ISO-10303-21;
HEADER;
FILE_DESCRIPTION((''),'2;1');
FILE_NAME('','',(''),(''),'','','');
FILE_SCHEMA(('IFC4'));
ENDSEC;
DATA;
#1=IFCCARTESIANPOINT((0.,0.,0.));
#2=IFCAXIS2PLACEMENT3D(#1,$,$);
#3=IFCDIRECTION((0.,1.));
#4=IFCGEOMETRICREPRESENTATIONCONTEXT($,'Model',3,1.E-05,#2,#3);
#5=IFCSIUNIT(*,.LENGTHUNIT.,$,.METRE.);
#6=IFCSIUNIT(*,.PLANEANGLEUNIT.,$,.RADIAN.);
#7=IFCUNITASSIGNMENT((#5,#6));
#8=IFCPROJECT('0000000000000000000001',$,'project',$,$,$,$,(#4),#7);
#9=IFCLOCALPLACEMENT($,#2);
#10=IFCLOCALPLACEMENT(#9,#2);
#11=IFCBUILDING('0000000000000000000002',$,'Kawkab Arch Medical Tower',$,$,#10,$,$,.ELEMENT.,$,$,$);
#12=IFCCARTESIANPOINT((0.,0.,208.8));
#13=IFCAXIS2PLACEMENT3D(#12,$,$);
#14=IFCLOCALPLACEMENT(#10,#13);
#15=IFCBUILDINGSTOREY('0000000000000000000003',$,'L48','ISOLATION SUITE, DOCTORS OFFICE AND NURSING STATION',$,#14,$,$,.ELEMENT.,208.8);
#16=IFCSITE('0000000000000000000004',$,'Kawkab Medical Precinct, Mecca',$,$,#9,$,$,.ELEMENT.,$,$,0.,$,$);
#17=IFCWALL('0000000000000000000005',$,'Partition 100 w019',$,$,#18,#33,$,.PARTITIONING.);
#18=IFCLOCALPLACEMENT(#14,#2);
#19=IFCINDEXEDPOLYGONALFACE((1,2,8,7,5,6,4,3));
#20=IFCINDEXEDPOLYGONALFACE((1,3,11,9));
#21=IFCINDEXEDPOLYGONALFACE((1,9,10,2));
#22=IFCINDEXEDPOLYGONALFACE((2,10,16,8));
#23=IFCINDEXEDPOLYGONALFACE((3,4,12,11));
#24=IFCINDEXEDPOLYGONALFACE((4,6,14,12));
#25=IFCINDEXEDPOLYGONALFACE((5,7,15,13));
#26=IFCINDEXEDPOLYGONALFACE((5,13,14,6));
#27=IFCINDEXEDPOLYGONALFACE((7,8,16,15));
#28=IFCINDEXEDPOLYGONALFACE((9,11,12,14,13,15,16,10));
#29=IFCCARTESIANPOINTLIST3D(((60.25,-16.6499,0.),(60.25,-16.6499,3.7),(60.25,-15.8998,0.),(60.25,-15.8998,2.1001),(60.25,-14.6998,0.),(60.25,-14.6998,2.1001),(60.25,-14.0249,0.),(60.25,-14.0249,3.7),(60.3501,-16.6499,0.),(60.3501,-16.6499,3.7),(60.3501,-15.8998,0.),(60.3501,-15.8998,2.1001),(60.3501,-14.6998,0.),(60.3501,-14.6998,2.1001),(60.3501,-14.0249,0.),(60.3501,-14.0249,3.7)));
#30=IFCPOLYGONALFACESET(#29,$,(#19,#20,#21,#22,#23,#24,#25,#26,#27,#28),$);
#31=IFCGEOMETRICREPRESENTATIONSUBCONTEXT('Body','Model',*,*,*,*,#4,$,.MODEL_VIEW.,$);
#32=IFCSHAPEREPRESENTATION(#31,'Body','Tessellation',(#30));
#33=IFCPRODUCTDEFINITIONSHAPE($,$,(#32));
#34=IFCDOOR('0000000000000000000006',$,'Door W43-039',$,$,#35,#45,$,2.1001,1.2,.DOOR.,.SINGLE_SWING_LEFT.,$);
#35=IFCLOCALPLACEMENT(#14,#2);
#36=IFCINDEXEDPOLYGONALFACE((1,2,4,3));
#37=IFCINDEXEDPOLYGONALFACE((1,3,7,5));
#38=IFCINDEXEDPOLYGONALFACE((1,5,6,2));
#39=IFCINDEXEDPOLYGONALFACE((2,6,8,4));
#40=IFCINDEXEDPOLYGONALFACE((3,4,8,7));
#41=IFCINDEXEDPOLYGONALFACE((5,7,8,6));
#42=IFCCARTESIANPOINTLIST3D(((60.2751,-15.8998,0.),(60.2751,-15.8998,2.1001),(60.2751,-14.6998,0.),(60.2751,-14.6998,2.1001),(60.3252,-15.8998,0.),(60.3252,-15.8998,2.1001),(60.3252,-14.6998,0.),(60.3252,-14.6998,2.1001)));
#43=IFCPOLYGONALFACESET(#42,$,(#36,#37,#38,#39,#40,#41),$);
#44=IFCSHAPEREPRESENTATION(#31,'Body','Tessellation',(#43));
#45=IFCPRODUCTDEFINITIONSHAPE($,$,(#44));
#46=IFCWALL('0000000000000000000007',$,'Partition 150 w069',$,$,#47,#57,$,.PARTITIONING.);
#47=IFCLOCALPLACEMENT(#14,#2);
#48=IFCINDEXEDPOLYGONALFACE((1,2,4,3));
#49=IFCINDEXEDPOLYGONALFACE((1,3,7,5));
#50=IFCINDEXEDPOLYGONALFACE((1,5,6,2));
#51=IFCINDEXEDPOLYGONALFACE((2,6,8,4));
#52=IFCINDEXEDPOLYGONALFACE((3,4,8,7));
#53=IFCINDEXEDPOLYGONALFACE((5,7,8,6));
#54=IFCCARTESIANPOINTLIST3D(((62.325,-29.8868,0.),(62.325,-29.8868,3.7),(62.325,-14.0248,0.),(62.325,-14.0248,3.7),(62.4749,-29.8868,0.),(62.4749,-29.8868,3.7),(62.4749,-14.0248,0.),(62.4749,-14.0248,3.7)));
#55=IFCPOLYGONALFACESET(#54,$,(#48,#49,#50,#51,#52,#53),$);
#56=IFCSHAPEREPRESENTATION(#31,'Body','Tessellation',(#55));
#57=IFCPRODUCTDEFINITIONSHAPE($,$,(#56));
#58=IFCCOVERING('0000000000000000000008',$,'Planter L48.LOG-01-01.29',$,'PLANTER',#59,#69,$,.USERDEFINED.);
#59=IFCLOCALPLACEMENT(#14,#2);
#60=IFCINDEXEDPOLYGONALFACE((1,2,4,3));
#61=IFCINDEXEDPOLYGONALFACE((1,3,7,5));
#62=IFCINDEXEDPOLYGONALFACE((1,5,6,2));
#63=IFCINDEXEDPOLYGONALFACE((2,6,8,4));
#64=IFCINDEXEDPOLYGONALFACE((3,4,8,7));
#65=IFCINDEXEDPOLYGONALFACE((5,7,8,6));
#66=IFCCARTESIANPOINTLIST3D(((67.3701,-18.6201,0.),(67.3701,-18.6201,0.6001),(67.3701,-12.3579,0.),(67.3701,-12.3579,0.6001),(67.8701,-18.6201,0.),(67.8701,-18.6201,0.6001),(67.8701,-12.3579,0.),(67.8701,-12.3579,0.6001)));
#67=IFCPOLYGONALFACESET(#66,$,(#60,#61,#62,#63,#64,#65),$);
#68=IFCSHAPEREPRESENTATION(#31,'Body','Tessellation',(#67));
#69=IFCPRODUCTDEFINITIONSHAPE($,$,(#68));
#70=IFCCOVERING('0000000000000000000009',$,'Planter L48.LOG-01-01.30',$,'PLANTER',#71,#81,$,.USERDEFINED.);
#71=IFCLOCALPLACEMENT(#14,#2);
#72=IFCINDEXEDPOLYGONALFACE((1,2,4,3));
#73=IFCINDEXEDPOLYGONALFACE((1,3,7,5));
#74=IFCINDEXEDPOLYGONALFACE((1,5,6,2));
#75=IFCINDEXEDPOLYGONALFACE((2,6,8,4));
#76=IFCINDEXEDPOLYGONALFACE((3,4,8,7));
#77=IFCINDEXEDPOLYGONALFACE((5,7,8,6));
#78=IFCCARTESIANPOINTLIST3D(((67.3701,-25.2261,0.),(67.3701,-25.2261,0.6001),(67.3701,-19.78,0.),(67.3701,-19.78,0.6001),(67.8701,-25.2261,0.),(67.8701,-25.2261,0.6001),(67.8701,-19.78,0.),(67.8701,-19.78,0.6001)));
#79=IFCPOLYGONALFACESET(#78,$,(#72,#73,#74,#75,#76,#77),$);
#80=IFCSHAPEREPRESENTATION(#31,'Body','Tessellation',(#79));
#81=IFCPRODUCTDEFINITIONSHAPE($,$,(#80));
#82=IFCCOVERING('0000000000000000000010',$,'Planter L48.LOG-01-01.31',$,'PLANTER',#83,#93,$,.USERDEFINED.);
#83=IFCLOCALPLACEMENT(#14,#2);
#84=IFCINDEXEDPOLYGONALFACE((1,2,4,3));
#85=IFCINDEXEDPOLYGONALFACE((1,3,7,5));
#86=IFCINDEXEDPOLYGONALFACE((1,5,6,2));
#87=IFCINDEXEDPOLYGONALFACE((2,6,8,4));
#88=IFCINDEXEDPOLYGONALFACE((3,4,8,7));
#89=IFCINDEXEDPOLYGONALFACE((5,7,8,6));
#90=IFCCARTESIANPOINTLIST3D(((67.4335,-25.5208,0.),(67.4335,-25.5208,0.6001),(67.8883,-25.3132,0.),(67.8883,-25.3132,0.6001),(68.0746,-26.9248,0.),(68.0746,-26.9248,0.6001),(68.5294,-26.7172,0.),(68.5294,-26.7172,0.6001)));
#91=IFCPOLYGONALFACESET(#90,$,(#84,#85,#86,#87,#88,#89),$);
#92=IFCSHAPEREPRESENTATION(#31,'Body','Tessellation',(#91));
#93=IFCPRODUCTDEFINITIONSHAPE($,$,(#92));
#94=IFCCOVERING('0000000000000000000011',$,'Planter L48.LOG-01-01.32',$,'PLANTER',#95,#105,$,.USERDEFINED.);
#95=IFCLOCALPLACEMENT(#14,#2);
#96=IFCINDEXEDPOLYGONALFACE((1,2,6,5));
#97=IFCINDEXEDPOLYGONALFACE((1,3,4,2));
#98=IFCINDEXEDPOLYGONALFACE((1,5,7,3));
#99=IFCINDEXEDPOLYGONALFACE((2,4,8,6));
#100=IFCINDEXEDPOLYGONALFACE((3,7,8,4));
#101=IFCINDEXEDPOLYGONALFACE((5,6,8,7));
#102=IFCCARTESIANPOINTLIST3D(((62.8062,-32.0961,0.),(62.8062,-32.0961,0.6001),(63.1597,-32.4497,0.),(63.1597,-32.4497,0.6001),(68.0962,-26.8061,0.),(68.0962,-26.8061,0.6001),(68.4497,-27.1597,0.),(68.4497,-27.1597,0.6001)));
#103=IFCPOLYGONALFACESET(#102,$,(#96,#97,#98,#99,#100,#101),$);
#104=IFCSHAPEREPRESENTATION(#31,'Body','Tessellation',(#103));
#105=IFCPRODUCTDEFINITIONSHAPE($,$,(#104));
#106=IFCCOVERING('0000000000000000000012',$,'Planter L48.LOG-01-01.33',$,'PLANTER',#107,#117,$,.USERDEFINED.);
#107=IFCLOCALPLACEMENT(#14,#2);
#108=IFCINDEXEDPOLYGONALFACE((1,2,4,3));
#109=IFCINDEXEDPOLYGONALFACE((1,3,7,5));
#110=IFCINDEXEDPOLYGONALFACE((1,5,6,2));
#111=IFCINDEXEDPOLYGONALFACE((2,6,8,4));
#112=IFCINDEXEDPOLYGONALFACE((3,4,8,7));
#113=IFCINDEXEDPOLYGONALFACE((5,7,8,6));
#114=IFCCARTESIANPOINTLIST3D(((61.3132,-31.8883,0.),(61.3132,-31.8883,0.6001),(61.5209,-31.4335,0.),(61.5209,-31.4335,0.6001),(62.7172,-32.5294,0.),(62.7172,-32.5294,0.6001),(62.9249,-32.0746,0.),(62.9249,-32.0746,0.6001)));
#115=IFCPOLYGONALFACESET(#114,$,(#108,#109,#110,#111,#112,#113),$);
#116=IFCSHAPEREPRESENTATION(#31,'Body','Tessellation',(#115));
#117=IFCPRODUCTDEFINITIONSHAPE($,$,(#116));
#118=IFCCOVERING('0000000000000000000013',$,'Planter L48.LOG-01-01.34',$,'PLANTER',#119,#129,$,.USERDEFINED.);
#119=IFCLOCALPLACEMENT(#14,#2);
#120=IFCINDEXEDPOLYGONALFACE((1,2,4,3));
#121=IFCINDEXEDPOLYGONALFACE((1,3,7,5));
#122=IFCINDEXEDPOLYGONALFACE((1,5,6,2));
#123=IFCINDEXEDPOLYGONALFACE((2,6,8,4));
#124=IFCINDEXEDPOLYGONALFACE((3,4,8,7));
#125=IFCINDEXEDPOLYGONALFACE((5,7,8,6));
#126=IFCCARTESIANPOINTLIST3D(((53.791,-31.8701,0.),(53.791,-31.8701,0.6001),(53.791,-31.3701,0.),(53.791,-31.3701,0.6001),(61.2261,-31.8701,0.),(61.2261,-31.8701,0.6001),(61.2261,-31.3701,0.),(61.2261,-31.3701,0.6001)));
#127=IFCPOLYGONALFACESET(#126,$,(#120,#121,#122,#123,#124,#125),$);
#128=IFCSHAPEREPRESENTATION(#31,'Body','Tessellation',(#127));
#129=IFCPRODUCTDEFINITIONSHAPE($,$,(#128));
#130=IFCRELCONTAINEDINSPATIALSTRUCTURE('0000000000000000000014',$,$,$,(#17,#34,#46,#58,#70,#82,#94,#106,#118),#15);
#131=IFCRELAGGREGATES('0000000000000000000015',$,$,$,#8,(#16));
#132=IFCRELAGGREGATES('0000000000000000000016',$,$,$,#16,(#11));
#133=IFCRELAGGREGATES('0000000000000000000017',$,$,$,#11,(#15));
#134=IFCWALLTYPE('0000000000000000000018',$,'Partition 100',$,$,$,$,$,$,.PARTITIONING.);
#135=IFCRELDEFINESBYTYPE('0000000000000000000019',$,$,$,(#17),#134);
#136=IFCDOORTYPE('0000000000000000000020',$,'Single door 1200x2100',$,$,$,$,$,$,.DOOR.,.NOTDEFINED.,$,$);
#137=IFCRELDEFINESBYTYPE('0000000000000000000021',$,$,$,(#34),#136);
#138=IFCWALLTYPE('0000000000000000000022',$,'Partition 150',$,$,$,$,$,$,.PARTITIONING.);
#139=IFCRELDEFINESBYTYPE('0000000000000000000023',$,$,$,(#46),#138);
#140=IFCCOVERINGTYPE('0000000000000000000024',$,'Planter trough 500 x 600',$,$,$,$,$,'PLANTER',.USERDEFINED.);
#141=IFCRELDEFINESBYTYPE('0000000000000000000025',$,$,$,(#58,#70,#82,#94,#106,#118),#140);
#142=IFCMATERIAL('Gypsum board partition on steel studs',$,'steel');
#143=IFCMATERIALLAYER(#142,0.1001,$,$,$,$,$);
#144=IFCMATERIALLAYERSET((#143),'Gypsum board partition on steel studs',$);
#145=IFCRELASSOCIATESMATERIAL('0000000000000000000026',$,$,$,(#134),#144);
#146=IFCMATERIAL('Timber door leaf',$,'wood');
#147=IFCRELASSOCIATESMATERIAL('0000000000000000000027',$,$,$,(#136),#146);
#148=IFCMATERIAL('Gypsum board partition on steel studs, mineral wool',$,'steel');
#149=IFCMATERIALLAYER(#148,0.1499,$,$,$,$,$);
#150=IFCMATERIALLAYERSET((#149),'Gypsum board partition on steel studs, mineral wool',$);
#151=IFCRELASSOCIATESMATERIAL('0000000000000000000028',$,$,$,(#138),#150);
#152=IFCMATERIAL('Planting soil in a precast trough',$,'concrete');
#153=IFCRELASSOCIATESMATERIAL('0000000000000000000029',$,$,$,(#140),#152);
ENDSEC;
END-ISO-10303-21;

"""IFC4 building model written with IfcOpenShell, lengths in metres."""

from ifc_helpers import new_model, si_unit, direction, frame, frame_2d, origin, origin_2d, place, context, subcontext, project, spatial, rectangle, extrude, material, layer, layer_set, material_profile, profile_set, type_object, element, fill, save


model = new_model("IFC4")

# Units and contexts
model_context = context("Model", 3, precision=1e-05, world=origin(), true_north=direction((0.0, 1.0)))
body_context = subcontext(model_context, "Body", "Model", "MODEL_VIEW")
ifc_project = project(units=[si_unit("LENGTHUNIT", "METRE"), si_unit("PLANEANGLEUNIT", "RADIAN")], contexts=[model_context])

# Site, building, storey
site_placement = place(None, origin())
site = spatial("IfcSite", under=ifc_project, at=site_placement, Name="Kawkab Medical Precinct, Mecca", CompositionType="ELEMENT", RefElevation=0.0)
building_placement = place(site_placement, origin())
building = spatial("IfcBuilding", under=site, at=building_placement, Name="Kawkab Arch Medical Tower", CompositionType="ELEMENT")
storey_placement = place(building_placement, frame((0.0, 0.0, 208.8)))
storey = spatial("IfcBuildingStorey", under=building, at=storey_placement, Name="L48", Description="ISOLATION SUITE, DOCTORS OFFICE AND NURSING STATION", CompositionType="ELEMENT", Elevation=208.8)

# Shared definitions
ifc_material_1 = material(Name="Gypsum board partition on steel studs", Category="steel")
ifc_layer_1 = layer(ifc_material_1, 0.1001)
ifc_layer_set_1 = layer_set([ifc_layer_1], Name="Gypsum board partition on steel studs")
wall_type_1 = type_object("IfcWallType", Name="Partition 100", PredefinedType="PARTITIONING", material=ifc_layer_set_1)

# Wall, opening, door
wall_1_placement = place(storey_placement, frame((60.3, -16.6499, 0.0), z_axis=(0.0, 0.0, 1.0), x_axis=(0.0, 1.0, 0.0)))
wall_1 = element("IfcWall", 1, at=wall_1_placement, inside=storey, type_object=wall_type_1, Name="Partition 100 w019", PredefinedType="PARTITIONING", context=body_context, shape_type="SweptSolid", body=[
    extrude(rectangle(XDim=2.625, YDim=0.1001, at=frame_2d((1.3125, 0.0))), origin(), (0.0, 0.0, 1.0), 3.7),
])
opening_placement = place(wall_1_placement, frame((0.75, 0.0, 0.0)))
opening = element("IfcOpeningElement", 2, at=opening_placement, cuts=wall_1, PredefinedType="OPENING", context=body_context, shape_type="SweptSolid", body=[
    extrude(rectangle(XDim=1.2, YDim=2.1001, at=frame_2d((0.6001, 1.05))), frame((0.0, 0.0601, 0.0), z_axis=(0.0, -1.0, 0.0), x_axis=(1.0, 0.0, 0.0)), (0.0, 0.0, 1.0), 0.1201),
])
ifc_material_2 = material(Name="Timber door leaf", Category="wood")
door_type = type_object("IfcDoorType", Name="Single door 1200x2100", OperationType="NOTDEFINED", PredefinedType="DOOR", material=ifc_material_2)
door_placement = place(opening_placement, origin())
door = element("IfcDoor", 3, at=door_placement, inside=storey, type_object=door_type, Name="Door W43-039", OperationType="SINGLE_SWING_LEFT", OverallHeight=2.1001, OverallWidth=1.2, PredefinedType="DOOR", context=body_context, shape_type="SweptSolid", body=[
    extrude(rectangle(XDim=1.2, YDim=2.1001, at=frame_2d((0.6001, 1.05))), frame((0.0, 0.0249, 0.0), z_axis=(0.0, -1.0, 0.0), x_axis=(1.0, 0.0, 0.0)), (0.0, 0.0, 1.0), 0.05),
])
fill(opening, door)

# Wall
ifc_material_3 = material(Name="Gypsum board partition on steel studs, mineral wool", Category="steel")
ifc_layer_2 = layer(ifc_material_3, 0.1499)
ifc_layer_set_2 = layer_set([ifc_layer_2], Name="Gypsum board partition on steel studs, mineral wool")
wall_type_2 = type_object("IfcWallType", Name="Partition 150", PredefinedType="PARTITIONING", material=ifc_layer_set_2)
wall_2_placement = place(storey_placement, frame((62.3999, -29.887, 0.0), z_axis=(0.0, 0.0, 1.0), x_axis=(0.0, 1.0, 0.0)))
element("IfcWall", 4, at=wall_2_placement, inside=storey, type_object=wall_type_2, Name="Partition 150 w069", PredefinedType="PARTITIONING", context=body_context, shape_type="SweptSolid", body=[
    extrude(rectangle(XDim=15.8621, YDim=0.1499, at=frame_2d((7.9312, 0.0))), origin(), (0.0, 0.0, 1.0), 3.7),
])

# Coverings
ifc_material_4 = material(Name="Planting soil in a precast trough", Category="concrete")
ifc_material_profile_1 = material_profile(ifc_material_4, rectangle(XDim=0.5, YDim=0.6001, at=origin_2d()), Name="Trough 500x600")
ifc_profile_set_1 = profile_set([ifc_material_profile_1], Name="Planting soil in a precast trough")
covering_type = type_object("IfcCoveringType", Name="Planter trough 500 x 600", ElementType="PLANTER", PredefinedType="USERDEFINED", material=ifc_profile_set_1)
covering_1_placement = place(storey_placement, frame((67.6201, -12.3579, 0.3), z_axis=(0.0, -1.0, 0.0), x_axis=(1.0, 0.0, 0.0)))
element("IfcCovering", 5, at=covering_1_placement, inside=storey, type_object=covering_type, Name="Planter L48.LOG-01-01.29", ObjectType="PLANTER", PredefinedType="USERDEFINED", context=body_context, shape_type="SweptSolid", body=[
    extrude(rectangle(XDim=0.5, YDim=0.6001, at=origin_2d()), origin(), (0.0, 0.0, 1.0), 6.2622),
])
covering_2_placement = place(storey_placement, frame((67.6201, -19.78, 0.3), z_axis=(0.0, -1.0, 0.0), x_axis=(1.0, 0.0, 0.0)))
element("IfcCovering", 6, at=covering_2_placement, inside=storey, type_object=covering_type, Name="Planter L48.LOG-01-01.30", ObjectType="PLANTER", PredefinedType="USERDEFINED", context=body_context, shape_type="SweptSolid", body=[
    extrude(rectangle(XDim=0.5, YDim=0.6001, at=origin_2d()), origin(), (0.0, 0.0, 1.0), 5.446),
])
covering_3_placement = place(storey_placement, frame((67.6609, -25.417, 0.3), z_axis=(0.415363, -0.909656, 0.0), x_axis=(0.909656, 0.415363, 0.0)))
element("IfcCovering", 7, at=covering_3_placement, inside=storey, type_object=covering_type, Name="Planter L48.LOG-01-01.31", ObjectType="PLANTER", PredefinedType="USERDEFINED", context=body_context, shape_type="SweptSolid", body=[
    extrude(rectangle(XDim=0.5, YDim=0.6001, at=origin_2d()), origin(), (0.0, 0.0, 1.0), 1.5435),
])
covering_4_placement = place(storey_placement, frame((68.2729, -26.9829, 0.3), z_axis=(-0.707107, -0.707107, 0.0), x_axis=(0.707107, -0.707107, 0.0)))
element("IfcCovering", 8, at=covering_4_placement, inside=storey, type_object=covering_type, Name="Planter L48.LOG-01-01.32", ObjectType="PLANTER", PredefinedType="USERDEFINED", context=body_context, shape_type="SweptSolid", body=[
    extrude(rectangle(XDim=0.5, YDim=0.6001, at=origin_2d()), origin(), (0.0, 0.0, 1.0), 7.4812),
])
covering_5_placement = place(storey_placement, frame((62.821, -32.302, 0.3), z_axis=(-0.909656, 0.415363, 0.0), x_axis=(-0.415363, -0.909656, 0.0)))
element("IfcCovering", 9, at=covering_5_placement, inside=storey, type_object=covering_type, Name="Planter L48.LOG-01-01.33", ObjectType="PLANTER", PredefinedType="USERDEFINED", context=body_context, shape_type="SweptSolid", body=[
    extrude(rectangle(XDim=0.5, YDim=0.6001, at=origin_2d()), origin(), (0.0, 0.0, 1.0), 1.5435),
])
covering_6_placement = place(storey_placement, frame((61.2261, -31.6201, 0.3), z_axis=(-1.0, 0.0, 0.0), x_axis=(0.0, -1.0, 0.0)))
element("IfcCovering", 10, at=covering_6_placement, inside=storey, type_object=covering_type, Name="Planter L48.LOG-01-01.34", ObjectType="PLANTER", PredefinedType="USERDEFINED", context=body_context, shape_type="SweptSolid", body=[
    extrude(rectangle(XDim=0.5, YDim=0.6001, at=origin_2d()), origin(), (0.0, 0.0, 1.0), 7.4351),
])

save(model, "model.ifc")
